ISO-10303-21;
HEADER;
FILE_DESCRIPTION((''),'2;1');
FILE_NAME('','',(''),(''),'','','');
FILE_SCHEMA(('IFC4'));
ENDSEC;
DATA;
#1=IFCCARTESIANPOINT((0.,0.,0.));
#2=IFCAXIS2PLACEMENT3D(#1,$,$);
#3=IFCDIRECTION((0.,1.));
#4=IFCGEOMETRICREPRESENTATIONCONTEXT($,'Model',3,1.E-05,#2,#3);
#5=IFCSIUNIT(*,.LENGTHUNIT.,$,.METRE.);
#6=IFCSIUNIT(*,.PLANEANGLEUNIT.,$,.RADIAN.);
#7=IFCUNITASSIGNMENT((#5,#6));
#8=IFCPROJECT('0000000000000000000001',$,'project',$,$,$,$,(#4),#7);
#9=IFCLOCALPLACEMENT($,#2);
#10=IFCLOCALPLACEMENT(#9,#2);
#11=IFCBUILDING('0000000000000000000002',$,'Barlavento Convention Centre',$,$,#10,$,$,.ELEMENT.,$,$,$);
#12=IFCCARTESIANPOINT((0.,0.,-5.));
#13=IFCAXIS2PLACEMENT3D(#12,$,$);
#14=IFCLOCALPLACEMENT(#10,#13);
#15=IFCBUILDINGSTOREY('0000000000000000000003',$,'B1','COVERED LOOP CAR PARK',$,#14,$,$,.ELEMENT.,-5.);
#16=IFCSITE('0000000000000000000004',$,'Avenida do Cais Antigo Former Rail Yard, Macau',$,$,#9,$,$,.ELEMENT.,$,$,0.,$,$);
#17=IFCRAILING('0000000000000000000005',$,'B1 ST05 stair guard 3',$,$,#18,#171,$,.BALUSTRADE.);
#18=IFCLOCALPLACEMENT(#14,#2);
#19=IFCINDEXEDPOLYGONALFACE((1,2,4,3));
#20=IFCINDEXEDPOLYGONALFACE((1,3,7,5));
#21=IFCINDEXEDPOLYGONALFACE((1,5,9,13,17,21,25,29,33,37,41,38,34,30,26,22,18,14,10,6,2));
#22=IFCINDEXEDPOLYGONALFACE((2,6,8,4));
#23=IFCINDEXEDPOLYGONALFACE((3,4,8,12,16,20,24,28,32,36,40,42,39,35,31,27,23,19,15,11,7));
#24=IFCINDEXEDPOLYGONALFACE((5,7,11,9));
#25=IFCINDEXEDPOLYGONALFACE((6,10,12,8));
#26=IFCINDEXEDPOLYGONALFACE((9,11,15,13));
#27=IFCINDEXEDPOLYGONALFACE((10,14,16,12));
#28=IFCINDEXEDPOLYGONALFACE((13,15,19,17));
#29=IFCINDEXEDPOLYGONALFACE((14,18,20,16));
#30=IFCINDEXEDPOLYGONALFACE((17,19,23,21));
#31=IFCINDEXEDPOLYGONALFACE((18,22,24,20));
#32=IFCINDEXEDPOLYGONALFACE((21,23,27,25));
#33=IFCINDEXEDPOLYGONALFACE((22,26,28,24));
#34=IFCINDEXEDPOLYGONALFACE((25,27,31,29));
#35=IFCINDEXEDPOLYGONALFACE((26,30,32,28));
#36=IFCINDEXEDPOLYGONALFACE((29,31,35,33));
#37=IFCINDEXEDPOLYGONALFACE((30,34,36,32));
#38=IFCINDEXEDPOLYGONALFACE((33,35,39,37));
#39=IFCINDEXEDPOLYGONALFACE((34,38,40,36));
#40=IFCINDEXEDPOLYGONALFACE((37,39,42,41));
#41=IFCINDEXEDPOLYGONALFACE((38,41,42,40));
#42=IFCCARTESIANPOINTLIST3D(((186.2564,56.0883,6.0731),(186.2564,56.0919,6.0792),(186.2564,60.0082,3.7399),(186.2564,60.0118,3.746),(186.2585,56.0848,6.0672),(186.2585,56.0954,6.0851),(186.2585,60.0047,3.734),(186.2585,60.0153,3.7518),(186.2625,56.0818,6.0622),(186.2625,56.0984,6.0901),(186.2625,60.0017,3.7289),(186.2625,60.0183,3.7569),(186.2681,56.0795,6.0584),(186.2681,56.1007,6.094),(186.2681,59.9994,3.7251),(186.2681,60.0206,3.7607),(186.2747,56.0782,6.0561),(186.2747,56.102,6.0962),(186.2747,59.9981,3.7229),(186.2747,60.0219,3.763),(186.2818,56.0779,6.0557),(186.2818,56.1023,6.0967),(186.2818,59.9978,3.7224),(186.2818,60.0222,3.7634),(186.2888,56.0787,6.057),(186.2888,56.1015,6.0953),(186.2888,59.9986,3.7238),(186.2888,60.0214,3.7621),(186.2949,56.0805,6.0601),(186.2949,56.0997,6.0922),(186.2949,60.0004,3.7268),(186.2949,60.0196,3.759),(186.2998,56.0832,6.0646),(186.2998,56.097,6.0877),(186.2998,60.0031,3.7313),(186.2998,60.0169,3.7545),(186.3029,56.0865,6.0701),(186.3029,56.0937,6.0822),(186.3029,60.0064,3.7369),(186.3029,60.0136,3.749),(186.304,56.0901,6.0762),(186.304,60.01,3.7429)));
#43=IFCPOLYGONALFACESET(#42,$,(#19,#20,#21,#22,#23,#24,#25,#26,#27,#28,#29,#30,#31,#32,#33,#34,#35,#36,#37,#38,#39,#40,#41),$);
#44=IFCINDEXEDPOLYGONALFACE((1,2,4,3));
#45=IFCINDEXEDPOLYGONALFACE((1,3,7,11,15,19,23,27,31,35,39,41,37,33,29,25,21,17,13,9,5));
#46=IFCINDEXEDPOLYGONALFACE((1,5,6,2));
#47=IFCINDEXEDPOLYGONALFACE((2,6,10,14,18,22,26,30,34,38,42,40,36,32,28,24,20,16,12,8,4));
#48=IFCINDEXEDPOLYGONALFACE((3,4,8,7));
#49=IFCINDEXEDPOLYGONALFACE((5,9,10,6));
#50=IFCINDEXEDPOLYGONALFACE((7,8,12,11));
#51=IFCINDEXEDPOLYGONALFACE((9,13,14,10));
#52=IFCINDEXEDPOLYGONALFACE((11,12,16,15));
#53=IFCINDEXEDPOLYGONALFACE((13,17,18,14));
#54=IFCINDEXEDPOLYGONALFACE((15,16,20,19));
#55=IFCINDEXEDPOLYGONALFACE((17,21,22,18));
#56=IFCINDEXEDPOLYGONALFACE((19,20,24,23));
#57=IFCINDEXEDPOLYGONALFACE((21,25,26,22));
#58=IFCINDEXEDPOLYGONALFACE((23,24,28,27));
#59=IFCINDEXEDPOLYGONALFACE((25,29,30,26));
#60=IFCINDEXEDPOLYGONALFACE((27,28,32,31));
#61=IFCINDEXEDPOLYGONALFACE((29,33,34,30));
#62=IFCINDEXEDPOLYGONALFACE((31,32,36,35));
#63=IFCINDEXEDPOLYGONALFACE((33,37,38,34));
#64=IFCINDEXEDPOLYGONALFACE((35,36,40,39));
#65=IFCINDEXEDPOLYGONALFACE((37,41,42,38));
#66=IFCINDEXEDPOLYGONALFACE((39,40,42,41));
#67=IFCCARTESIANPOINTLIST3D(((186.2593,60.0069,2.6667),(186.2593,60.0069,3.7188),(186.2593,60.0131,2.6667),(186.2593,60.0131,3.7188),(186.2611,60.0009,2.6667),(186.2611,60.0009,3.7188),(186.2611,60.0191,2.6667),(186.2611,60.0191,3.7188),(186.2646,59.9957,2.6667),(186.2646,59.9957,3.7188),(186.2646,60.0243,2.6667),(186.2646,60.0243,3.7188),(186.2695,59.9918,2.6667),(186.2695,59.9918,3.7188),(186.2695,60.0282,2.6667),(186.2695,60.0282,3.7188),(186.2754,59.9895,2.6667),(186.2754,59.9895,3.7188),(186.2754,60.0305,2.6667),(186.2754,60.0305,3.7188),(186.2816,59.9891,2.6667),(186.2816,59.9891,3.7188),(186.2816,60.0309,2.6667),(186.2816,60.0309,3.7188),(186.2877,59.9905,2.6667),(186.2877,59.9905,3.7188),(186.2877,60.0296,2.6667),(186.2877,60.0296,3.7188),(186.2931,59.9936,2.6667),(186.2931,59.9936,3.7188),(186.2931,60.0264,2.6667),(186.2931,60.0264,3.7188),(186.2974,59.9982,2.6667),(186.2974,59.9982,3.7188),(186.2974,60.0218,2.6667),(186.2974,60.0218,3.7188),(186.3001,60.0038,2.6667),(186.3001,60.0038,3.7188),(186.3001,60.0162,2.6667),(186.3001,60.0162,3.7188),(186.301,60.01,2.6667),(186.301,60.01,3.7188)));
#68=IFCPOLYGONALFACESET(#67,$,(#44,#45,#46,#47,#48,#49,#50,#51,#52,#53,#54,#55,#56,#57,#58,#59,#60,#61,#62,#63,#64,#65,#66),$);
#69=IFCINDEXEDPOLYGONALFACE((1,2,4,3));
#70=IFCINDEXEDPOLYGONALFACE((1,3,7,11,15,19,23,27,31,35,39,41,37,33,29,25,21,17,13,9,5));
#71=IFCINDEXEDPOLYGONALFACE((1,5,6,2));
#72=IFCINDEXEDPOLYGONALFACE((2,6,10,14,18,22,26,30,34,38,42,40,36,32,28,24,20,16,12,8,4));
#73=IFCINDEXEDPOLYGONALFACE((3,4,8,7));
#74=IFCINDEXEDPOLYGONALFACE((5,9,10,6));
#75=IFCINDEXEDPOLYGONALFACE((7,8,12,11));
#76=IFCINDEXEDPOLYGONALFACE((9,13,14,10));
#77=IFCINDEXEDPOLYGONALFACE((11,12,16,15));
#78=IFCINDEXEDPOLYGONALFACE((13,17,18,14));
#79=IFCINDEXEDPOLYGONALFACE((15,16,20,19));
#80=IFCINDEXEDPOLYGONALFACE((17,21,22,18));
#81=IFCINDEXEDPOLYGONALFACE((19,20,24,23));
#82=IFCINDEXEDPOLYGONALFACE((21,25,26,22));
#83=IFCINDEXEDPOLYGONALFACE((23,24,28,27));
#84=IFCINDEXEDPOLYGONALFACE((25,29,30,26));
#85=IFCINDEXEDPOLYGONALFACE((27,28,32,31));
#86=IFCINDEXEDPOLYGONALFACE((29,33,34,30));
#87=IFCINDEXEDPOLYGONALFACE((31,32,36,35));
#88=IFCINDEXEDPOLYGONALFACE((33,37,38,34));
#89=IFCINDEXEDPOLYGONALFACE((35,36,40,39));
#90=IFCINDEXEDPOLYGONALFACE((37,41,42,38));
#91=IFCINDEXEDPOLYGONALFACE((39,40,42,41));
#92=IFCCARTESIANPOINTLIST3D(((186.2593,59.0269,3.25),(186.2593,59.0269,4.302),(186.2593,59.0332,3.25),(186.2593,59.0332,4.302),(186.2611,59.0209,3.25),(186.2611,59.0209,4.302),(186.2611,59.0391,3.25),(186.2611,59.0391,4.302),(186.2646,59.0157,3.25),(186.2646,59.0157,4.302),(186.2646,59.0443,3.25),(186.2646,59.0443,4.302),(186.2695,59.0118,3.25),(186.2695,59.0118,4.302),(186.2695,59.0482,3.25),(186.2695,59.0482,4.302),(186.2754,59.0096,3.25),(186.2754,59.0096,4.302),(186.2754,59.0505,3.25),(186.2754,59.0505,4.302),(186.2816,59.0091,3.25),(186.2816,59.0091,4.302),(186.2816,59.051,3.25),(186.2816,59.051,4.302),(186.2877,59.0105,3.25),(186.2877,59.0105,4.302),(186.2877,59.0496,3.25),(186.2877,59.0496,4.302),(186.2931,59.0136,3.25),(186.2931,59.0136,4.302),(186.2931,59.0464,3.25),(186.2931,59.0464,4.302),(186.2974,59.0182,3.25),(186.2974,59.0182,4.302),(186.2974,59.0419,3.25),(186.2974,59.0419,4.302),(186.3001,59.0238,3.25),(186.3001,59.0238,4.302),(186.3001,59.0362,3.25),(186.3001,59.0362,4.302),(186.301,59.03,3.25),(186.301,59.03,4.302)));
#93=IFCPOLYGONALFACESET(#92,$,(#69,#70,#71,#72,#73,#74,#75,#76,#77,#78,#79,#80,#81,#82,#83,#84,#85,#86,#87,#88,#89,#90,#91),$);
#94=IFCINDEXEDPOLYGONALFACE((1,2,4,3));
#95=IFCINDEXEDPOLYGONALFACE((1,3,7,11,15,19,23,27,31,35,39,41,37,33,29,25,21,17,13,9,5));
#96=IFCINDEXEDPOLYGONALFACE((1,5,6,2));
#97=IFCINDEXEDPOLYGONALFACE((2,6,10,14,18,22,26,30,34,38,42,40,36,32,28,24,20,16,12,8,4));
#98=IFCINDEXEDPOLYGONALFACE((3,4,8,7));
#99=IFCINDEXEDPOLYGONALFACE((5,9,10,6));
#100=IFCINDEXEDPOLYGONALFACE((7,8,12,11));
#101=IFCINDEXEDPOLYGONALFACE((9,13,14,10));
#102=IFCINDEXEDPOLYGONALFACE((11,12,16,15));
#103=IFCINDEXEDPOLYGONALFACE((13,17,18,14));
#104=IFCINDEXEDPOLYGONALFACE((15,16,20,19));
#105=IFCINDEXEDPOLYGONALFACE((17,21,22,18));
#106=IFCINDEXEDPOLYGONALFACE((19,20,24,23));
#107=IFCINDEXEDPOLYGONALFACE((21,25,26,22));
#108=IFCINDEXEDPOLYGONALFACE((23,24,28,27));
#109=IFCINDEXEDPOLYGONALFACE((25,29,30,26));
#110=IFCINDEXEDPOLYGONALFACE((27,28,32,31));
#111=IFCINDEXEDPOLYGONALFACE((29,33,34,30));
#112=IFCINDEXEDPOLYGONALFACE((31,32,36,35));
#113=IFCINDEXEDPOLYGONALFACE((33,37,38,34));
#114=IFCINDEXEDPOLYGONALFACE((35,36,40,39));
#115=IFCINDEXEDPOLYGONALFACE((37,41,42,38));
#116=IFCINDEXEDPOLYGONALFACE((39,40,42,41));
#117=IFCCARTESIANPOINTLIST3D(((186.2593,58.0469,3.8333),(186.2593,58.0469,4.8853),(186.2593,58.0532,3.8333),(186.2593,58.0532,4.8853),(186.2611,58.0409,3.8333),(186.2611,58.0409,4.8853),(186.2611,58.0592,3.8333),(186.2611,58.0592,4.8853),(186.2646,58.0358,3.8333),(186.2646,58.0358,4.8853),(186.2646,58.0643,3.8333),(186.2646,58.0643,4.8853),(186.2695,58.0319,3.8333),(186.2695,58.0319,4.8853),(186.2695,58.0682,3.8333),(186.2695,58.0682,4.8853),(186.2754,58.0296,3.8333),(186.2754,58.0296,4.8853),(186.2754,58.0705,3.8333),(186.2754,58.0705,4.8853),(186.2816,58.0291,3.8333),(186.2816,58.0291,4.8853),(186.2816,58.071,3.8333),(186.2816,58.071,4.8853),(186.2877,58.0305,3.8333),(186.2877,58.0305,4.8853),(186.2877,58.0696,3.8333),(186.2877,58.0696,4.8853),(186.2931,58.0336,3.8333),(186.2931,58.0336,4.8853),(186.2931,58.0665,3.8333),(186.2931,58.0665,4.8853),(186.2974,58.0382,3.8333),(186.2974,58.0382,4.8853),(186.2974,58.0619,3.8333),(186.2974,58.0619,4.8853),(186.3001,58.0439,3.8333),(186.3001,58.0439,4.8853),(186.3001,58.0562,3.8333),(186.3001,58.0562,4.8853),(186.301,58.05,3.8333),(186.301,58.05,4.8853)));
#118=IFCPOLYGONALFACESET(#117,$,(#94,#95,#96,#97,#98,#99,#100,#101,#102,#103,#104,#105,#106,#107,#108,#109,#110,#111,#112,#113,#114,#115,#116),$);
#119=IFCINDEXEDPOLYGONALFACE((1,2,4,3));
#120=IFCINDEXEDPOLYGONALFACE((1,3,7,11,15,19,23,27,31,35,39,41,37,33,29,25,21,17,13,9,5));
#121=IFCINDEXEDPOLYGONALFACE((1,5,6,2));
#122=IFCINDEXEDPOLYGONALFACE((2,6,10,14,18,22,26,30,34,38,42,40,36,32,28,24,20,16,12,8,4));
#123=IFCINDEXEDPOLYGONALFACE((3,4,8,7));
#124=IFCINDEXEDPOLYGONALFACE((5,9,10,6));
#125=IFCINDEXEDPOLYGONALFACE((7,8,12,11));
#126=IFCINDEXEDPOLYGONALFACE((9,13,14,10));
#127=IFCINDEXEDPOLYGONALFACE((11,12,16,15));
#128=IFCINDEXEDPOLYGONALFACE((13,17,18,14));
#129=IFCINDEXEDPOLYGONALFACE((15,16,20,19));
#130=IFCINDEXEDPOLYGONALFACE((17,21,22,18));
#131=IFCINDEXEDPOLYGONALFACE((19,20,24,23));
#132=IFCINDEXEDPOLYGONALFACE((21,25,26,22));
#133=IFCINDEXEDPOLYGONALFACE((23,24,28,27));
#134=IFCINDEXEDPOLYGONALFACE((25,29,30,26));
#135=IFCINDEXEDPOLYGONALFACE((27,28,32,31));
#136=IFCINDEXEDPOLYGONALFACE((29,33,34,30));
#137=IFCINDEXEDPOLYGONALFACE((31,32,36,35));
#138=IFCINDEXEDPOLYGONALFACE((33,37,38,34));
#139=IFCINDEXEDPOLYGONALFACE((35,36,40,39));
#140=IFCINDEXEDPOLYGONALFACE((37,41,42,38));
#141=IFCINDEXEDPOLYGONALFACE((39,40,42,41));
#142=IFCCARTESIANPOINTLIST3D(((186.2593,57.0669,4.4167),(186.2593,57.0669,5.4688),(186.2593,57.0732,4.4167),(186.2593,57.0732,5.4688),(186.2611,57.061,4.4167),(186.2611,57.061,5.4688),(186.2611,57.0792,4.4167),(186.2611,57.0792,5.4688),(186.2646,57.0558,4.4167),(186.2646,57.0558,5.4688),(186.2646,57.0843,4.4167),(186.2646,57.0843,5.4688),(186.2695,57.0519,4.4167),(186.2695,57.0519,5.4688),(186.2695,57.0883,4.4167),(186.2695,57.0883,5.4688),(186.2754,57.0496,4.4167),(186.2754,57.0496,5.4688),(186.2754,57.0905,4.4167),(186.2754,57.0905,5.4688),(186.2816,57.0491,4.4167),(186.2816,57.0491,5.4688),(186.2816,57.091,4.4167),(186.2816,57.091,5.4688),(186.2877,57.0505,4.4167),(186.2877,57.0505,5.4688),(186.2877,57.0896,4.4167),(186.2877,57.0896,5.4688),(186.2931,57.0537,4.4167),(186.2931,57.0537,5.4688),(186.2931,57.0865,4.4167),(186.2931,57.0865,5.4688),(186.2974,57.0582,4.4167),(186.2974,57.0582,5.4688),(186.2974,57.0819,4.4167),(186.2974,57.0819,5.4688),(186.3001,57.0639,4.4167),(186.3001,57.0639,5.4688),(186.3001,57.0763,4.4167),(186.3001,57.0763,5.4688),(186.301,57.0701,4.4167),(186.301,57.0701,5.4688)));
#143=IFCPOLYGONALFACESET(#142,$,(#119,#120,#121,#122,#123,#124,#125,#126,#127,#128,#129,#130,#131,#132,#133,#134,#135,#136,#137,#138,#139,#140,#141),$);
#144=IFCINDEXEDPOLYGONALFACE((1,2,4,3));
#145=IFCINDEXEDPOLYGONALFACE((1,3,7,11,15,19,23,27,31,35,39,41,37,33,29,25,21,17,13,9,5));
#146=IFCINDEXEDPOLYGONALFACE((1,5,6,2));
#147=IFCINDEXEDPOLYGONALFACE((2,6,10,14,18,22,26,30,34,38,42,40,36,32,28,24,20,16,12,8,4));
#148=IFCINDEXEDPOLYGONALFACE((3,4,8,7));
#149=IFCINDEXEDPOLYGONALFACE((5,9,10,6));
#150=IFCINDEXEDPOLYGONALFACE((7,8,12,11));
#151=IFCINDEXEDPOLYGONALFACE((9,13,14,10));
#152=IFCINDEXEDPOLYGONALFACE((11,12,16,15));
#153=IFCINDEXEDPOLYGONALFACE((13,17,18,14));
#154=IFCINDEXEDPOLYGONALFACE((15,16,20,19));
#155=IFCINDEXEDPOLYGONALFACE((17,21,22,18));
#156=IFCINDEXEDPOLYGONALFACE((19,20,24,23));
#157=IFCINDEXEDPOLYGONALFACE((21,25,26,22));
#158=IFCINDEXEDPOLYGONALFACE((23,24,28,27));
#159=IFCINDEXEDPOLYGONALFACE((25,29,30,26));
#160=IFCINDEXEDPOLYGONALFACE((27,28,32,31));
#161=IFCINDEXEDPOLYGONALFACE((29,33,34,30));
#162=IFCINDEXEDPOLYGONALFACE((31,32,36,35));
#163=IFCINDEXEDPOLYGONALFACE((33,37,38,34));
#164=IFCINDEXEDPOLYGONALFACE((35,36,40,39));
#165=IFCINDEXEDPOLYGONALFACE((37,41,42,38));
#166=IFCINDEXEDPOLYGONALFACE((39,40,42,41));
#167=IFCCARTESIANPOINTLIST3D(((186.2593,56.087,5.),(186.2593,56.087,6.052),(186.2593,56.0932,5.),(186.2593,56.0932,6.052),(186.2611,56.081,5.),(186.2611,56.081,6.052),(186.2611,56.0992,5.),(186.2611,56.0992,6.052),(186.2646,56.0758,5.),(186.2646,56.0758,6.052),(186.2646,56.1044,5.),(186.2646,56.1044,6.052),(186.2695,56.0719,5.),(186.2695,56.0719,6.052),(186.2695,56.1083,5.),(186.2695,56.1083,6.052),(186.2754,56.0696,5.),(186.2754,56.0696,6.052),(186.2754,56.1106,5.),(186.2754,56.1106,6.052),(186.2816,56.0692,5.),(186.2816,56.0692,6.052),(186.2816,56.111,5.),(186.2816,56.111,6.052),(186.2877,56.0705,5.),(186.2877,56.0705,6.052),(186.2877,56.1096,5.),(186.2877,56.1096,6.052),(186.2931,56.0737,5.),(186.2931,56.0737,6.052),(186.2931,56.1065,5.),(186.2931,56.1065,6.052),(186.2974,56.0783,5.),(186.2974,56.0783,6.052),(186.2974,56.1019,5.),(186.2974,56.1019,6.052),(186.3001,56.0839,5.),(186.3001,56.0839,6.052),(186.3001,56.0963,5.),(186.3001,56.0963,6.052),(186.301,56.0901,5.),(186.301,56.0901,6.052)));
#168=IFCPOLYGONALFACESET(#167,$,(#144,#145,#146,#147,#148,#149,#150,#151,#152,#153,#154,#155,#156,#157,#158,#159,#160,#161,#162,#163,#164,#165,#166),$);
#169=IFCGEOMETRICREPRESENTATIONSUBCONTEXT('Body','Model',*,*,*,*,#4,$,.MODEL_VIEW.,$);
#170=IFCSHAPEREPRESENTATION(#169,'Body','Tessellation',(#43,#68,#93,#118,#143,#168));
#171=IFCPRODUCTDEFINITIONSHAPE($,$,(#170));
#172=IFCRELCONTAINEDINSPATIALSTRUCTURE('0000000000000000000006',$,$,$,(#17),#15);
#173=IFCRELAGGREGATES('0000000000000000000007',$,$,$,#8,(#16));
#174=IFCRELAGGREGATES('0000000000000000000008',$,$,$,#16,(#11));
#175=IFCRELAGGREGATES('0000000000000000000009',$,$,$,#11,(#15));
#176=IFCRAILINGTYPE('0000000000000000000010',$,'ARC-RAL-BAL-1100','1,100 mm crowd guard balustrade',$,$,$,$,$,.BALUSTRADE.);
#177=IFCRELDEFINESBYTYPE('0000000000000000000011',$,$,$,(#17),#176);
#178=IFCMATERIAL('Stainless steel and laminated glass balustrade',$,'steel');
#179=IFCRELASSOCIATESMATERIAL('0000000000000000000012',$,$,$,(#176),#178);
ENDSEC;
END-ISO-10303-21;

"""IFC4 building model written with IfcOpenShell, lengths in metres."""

from ifc_helpers import new_model, si_unit, direction, frame, origin, origin_2d, place, context, subcontext, project, spatial, circle, extrude, material, type_object, element, save


model = new_model("IFC4")

# Units and contexts
model_context = context("Model", 3, precision=1e-05, world=origin(), true_north=direction((0.0, 1.0)))
body_context = subcontext(model_context, "Body", "Model", "MODEL_VIEW")
ifc_project = project(units=[si_unit("LENGTHUNIT", "METRE"), si_unit("PLANEANGLEUNIT", "RADIAN")], contexts=[model_context])

# Site, building, storey
site_placement = place(None, origin())
site = spatial("IfcSite", under=ifc_project, at=site_placement, Name="Avenida do Cais Antigo Former Rail Yard, Macau", CompositionType="ELEMENT", RefElevation=0.0)
building_placement = place(site_placement, origin())
building = spatial("IfcBuilding", under=site, at=building_placement, Name="Barlavento Convention Centre", CompositionType="ELEMENT")
storey_placement = place(building_placement, frame((0.0, 0.0, -5.0)))
storey = spatial("IfcBuildingStorey", under=building, at=storey_placement, Name="B1", Description="COVERED LOOP CAR PARK", CompositionType="ELEMENT", Elevation=-5.0)

# Railing
ifc_material_1 = material(Name="Stainless steel and laminated glass balustrade", Category="steel")
railing_type_1 = type_object("IfcRailingType", Name="ARC-RAL-BAL-1100", Description="1,100 mm crowd guard balustrade", PredefinedType="BALUSTRADE", material=ifc_material_1)
railing_1_placement = place(storey_placement, frame((186.28, 60.01, 2.6667)))
element("IfcRailing", 1, at=railing_1_placement, inside=storey, type_object=railing_type_1, Name="B1 ST05 stair guard 3", PredefinedType="BALUSTRADE", context=body_context, shape_type="SweptSolid", body=[
    extrude(circle(Radius=0.0239, at=origin_2d()), frame((0.0, 0.0, 1.0762), z_axis=(0.0, -0.859296, 0.511478), x_axis=(1.0, 0.0, 0.0)), (0.0, 0.0, 1.0), 4.5618),
    extrude(circle(Radius=0.021, at=origin_2d()), origin(), (0.0, 0.0, 1.0), 1.052),
    extrude(circle(Radius=0.021, at=origin_2d()), frame((0.0, -0.98, 0.5833)), (0.0, 0.0, 1.0), 1.052),
    extrude(circle(Radius=0.021, at=origin_2d()), frame((0.0, -1.96, 1.1665)), (0.0, 0.0, 1.0), 1.052),
    extrude(circle(Radius=0.021, at=origin_2d()), frame((0.0, -2.9399, 1.75)), (0.0, 0.0, 1.0), 1.052),
    extrude(circle(Radius=0.021, at=origin_2d()), frame((0.0, -3.9199, 2.3333)), (0.0, 0.0, 1.0), 1.052),
])

save(model, "model.ifc")
